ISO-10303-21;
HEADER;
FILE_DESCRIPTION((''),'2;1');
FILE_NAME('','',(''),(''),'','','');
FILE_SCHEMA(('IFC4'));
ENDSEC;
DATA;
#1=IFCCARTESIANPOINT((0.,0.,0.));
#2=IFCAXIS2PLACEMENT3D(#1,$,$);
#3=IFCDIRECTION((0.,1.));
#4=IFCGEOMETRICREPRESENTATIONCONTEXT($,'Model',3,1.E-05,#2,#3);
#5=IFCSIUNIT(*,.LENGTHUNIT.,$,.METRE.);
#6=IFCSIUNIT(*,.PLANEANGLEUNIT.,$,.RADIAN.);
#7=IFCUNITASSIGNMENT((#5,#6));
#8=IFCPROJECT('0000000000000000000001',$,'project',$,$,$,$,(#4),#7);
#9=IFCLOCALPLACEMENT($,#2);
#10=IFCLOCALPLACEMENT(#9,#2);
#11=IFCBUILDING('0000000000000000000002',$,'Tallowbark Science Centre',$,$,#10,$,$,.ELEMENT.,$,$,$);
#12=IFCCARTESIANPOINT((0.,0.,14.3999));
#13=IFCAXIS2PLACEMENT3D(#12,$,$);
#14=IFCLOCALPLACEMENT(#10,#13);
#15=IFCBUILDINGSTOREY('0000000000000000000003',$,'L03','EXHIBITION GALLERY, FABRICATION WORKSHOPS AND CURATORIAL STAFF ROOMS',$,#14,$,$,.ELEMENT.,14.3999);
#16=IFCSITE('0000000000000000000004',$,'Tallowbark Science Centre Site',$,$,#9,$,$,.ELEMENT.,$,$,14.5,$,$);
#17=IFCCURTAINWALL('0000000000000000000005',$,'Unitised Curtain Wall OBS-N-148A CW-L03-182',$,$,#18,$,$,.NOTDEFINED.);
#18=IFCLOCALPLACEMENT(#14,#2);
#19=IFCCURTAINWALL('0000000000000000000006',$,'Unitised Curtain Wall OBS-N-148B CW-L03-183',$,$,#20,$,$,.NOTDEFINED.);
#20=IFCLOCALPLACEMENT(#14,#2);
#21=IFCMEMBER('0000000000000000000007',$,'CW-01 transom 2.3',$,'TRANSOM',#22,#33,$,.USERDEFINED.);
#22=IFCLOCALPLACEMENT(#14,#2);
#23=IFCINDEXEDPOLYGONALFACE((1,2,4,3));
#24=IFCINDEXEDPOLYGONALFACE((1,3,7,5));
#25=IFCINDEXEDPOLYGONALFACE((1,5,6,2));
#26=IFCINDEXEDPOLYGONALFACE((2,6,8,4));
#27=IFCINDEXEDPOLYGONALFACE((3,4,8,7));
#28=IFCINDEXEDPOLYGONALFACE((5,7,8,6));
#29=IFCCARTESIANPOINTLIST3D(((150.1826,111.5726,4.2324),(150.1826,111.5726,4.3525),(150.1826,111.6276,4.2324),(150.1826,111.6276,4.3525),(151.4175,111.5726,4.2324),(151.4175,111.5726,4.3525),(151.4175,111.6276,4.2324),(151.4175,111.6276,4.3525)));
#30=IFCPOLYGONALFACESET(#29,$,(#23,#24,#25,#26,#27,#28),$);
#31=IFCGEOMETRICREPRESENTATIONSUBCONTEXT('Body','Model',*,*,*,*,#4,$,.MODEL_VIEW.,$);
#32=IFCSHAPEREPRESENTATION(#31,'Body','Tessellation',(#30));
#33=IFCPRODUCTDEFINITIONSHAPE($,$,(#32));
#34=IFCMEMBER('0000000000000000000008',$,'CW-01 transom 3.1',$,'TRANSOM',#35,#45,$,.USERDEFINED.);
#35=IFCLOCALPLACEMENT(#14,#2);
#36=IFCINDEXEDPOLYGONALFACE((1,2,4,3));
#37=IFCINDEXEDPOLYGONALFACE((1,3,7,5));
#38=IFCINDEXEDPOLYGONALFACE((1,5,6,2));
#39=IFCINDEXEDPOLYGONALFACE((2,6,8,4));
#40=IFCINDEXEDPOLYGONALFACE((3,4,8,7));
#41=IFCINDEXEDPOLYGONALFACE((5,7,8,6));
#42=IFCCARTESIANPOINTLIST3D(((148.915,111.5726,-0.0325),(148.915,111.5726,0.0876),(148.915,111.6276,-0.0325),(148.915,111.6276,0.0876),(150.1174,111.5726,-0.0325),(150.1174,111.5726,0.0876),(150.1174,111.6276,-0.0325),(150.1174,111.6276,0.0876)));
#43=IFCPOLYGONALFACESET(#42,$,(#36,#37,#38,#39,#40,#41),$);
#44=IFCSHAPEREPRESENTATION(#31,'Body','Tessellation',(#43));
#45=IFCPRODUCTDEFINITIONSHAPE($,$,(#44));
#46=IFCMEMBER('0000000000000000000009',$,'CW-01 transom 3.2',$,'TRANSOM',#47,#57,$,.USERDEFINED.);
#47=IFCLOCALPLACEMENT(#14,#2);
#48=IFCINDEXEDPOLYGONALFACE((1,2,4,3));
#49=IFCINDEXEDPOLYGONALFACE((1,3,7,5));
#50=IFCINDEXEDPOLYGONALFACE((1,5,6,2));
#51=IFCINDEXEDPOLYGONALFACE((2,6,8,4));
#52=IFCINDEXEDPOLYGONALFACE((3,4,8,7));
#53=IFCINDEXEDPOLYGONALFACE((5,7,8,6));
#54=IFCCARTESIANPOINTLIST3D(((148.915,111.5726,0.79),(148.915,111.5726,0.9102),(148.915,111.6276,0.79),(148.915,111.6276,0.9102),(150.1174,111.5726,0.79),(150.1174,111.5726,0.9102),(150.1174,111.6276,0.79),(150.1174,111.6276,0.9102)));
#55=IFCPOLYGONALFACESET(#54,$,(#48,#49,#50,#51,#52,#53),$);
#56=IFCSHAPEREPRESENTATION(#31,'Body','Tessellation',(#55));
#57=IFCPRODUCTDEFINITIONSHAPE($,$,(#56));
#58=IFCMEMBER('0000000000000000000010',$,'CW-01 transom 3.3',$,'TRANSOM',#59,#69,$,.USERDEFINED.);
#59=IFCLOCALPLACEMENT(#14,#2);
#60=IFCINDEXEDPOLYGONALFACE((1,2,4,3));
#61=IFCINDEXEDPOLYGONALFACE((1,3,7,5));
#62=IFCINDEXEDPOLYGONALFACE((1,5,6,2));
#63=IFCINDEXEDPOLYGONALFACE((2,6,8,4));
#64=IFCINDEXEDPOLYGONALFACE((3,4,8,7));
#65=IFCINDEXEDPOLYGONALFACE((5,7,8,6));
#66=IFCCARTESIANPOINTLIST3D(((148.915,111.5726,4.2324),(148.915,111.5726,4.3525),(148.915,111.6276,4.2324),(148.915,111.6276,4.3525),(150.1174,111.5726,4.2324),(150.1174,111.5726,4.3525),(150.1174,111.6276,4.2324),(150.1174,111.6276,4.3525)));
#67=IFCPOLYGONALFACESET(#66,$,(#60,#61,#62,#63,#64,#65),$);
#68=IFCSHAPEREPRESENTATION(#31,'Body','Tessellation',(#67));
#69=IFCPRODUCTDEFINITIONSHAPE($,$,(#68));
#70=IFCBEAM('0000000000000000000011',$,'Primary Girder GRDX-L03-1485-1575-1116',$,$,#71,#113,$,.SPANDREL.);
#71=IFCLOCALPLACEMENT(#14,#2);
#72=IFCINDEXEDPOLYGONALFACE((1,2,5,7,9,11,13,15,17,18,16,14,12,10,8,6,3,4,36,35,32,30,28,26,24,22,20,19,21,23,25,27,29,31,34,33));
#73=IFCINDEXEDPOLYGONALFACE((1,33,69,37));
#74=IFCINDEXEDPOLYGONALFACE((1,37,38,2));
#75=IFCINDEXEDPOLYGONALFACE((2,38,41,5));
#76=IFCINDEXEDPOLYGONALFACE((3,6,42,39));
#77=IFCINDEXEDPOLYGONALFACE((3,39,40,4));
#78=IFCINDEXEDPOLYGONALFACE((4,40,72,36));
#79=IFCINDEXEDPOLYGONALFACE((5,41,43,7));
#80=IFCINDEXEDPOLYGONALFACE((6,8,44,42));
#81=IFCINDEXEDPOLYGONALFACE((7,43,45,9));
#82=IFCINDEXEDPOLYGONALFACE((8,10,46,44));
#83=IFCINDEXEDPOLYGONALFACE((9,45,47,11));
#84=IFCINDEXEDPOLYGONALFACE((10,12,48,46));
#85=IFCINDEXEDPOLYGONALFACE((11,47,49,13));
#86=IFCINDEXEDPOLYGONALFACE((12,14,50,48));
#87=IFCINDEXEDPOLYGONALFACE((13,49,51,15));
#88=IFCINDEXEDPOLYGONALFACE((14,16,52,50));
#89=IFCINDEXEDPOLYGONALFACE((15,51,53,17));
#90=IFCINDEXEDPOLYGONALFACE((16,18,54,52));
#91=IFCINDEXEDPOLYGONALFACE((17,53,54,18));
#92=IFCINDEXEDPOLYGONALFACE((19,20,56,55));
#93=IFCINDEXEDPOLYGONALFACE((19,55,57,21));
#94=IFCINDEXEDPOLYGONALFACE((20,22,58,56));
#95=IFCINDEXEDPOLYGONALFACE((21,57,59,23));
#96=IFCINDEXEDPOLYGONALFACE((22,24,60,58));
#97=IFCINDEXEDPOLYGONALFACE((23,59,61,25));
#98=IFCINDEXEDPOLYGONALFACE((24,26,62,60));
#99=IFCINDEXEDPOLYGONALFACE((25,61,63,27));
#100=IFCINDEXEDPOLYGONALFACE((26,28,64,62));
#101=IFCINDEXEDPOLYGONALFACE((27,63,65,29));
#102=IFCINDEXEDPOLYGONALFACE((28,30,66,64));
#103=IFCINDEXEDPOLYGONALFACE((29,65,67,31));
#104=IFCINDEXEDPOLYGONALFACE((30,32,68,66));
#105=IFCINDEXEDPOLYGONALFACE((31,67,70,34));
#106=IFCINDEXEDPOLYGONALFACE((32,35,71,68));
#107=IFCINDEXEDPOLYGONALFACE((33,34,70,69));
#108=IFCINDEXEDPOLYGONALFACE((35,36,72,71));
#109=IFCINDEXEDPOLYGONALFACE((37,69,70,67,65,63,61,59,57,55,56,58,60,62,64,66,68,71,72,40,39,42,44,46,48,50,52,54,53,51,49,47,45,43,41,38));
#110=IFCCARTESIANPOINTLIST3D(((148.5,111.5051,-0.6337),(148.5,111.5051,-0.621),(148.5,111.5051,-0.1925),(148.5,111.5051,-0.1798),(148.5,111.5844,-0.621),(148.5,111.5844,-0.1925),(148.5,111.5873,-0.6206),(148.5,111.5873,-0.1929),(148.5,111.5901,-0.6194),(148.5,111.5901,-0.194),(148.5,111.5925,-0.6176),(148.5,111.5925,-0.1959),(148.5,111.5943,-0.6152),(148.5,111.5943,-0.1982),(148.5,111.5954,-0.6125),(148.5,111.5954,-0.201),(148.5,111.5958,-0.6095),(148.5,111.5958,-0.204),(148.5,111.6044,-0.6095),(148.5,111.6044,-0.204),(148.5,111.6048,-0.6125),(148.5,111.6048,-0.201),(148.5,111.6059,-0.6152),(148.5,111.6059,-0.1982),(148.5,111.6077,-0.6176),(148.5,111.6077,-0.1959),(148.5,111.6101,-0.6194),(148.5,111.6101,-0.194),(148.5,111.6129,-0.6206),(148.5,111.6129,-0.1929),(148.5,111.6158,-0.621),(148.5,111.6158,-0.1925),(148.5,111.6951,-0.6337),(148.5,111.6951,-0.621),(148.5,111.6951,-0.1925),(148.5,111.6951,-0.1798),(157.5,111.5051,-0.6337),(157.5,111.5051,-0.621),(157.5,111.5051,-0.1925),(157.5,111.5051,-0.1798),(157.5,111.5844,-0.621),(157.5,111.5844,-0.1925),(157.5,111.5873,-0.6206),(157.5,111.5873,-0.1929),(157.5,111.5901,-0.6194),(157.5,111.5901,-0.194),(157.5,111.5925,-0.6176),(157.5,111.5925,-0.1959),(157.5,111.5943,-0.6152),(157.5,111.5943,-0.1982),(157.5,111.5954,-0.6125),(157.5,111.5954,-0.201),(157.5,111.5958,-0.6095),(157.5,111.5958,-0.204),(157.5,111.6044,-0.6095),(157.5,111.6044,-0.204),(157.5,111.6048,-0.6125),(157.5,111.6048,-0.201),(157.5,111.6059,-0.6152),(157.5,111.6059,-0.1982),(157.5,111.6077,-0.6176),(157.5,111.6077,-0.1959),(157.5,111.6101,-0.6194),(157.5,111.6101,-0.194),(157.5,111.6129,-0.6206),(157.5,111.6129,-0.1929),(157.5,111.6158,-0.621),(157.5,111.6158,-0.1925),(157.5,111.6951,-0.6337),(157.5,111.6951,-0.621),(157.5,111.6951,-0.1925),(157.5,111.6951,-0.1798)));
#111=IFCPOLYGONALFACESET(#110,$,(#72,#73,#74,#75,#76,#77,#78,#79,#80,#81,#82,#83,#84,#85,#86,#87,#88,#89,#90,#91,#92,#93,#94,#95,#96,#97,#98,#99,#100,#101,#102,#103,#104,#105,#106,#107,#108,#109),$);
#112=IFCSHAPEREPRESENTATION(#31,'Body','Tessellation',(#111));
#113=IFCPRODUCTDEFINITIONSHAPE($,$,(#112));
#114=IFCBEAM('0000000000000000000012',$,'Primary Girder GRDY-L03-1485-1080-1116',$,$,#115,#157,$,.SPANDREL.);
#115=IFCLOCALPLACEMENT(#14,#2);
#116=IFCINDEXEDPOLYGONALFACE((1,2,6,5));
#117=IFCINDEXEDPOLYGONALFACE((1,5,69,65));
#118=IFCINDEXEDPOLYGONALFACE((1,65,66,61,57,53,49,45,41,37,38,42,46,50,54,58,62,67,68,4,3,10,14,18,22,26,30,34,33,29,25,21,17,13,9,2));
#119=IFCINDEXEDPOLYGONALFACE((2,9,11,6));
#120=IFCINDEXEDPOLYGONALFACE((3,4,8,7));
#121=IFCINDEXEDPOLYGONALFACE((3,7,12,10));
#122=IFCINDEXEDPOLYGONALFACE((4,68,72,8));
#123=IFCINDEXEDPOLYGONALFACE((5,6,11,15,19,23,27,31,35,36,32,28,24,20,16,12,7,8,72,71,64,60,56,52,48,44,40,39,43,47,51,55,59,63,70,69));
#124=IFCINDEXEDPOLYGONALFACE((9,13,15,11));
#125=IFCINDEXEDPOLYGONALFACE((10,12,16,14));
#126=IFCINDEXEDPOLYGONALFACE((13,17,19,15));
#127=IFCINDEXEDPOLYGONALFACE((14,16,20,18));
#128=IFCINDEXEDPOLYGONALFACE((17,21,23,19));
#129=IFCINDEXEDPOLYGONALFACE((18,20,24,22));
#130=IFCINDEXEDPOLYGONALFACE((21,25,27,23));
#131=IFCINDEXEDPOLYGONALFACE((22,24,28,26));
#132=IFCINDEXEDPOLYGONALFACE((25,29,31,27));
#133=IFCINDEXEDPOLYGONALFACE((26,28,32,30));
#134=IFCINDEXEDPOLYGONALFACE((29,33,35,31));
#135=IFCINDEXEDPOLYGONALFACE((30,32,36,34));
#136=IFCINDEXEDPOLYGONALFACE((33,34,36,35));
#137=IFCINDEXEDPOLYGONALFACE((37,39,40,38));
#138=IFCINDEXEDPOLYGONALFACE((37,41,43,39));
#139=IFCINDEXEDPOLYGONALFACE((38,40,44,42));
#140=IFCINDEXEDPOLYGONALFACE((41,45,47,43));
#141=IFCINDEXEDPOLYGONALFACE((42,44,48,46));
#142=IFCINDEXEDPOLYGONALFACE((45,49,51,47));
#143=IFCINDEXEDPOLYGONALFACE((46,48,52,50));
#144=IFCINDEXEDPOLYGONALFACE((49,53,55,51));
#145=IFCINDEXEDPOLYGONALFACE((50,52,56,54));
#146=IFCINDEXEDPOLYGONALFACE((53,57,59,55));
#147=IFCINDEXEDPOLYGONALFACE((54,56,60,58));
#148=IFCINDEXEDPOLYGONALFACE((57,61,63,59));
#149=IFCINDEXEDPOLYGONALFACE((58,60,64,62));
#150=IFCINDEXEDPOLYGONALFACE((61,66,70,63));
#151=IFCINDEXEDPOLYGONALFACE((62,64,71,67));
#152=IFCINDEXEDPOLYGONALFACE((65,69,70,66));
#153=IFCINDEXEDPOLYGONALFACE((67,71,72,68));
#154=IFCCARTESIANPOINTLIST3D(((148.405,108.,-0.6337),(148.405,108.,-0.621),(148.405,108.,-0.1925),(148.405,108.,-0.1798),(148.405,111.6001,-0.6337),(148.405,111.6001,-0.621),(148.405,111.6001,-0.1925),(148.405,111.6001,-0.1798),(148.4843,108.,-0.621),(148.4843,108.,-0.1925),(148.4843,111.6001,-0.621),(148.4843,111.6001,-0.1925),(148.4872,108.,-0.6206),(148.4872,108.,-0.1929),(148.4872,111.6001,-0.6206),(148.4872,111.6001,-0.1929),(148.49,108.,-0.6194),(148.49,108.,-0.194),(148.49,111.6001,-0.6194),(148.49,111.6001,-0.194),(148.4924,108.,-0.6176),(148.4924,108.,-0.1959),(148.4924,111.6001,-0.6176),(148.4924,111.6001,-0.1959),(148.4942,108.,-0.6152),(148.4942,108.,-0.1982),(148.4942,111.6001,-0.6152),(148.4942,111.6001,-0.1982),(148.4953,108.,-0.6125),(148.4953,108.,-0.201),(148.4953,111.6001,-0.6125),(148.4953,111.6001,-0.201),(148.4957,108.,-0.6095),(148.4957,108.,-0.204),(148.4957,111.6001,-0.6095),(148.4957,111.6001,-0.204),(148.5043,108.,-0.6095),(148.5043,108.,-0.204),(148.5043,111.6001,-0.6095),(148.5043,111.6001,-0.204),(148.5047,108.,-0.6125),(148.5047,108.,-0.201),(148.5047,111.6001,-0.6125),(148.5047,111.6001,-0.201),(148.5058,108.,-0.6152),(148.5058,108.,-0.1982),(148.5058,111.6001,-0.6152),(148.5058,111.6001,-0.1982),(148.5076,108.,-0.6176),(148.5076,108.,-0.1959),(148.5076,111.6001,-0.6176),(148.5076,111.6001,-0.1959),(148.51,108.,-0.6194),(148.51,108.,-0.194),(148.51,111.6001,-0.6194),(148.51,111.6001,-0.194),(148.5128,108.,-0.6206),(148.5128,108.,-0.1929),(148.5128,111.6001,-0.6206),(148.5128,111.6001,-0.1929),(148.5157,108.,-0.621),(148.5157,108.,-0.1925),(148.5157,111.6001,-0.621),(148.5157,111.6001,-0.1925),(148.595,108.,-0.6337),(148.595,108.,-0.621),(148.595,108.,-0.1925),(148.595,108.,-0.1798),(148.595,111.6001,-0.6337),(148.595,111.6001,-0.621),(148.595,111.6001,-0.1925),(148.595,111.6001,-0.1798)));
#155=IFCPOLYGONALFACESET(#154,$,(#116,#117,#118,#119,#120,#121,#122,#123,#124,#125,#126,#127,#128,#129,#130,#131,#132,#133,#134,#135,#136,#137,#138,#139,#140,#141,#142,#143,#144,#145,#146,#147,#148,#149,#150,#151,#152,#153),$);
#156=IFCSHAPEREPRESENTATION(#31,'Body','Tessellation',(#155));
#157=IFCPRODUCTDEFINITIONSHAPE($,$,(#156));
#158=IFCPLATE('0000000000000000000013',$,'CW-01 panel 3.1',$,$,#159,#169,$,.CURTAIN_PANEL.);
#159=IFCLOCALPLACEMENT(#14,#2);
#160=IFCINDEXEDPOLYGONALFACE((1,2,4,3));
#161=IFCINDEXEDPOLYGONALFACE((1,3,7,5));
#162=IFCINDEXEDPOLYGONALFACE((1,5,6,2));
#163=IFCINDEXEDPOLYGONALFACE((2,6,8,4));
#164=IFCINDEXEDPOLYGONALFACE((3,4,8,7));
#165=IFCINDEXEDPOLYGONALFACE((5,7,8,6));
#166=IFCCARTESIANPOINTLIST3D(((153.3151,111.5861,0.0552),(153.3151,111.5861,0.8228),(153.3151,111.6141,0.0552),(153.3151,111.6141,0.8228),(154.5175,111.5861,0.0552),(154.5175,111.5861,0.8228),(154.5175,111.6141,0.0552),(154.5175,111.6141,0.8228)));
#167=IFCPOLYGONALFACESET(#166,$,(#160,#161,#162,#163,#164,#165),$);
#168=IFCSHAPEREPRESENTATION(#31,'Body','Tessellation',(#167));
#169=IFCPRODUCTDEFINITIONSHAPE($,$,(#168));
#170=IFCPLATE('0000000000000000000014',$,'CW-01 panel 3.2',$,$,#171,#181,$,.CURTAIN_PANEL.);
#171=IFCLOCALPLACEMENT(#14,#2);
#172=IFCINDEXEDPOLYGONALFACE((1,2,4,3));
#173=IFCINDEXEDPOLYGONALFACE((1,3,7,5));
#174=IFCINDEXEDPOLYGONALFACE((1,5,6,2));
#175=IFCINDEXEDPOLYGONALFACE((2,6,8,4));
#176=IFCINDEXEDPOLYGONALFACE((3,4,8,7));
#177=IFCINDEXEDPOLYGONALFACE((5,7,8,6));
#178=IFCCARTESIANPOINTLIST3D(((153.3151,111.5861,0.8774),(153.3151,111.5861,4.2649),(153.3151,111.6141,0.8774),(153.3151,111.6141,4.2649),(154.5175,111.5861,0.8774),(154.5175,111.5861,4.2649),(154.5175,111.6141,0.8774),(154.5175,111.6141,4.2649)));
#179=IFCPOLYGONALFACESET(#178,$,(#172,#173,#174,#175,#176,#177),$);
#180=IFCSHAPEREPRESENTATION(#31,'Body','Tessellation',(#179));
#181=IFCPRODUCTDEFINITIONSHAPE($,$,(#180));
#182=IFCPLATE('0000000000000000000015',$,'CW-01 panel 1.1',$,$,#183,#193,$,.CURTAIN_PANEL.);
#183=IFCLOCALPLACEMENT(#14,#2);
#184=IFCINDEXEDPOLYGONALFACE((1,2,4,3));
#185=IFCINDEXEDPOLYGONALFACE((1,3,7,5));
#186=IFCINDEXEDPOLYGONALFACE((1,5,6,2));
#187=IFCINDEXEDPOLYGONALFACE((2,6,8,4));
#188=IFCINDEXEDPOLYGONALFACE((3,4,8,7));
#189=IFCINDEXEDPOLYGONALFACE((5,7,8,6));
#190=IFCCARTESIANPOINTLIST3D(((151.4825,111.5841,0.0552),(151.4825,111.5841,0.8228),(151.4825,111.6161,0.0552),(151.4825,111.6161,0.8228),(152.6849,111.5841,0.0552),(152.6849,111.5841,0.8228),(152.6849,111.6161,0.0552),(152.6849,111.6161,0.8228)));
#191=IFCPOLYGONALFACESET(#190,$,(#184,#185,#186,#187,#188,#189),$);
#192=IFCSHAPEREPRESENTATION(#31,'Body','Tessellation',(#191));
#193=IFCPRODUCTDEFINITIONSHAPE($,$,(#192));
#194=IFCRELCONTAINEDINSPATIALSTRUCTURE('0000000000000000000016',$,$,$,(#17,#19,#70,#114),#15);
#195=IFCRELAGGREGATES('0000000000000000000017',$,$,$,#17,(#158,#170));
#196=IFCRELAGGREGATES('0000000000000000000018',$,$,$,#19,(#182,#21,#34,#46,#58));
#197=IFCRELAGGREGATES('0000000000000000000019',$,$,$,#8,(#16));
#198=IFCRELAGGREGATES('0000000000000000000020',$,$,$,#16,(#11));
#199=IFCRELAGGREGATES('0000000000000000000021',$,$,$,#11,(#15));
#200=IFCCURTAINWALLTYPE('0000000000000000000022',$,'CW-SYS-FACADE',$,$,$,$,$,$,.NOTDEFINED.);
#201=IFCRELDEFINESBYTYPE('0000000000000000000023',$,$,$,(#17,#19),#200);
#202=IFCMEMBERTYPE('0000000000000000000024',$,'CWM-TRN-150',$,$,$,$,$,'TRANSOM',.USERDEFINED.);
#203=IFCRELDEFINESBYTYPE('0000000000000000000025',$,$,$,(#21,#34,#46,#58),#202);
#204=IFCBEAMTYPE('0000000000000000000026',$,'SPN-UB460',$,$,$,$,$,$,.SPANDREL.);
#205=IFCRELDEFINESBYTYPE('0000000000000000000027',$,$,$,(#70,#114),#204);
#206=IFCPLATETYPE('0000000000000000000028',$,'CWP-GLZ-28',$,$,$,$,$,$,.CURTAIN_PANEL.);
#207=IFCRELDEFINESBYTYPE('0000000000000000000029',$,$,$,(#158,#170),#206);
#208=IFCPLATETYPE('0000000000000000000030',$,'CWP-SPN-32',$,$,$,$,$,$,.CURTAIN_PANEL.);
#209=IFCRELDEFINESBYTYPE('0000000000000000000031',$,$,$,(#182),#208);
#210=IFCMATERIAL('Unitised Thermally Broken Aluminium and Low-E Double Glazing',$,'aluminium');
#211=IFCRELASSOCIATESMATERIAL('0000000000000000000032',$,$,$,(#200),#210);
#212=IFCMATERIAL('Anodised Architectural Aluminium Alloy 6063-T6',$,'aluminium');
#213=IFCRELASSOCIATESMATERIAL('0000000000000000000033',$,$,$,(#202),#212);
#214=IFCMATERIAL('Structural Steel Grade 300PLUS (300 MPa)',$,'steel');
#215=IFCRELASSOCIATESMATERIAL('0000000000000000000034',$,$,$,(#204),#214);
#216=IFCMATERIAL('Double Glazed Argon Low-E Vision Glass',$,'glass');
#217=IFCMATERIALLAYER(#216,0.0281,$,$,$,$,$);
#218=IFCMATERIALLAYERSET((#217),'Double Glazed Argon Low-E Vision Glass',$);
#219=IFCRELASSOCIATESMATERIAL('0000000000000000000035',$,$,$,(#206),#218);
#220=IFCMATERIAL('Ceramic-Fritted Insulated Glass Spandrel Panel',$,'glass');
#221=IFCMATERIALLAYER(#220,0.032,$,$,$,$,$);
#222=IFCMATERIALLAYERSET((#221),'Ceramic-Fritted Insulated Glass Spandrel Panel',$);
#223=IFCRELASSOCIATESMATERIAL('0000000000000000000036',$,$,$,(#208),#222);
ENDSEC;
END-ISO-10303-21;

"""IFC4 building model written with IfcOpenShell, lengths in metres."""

from ifc_helpers import new_model, si_unit, direction, frame, origin, origin_2d, place, context, subcontext, project, spatial, rectangle, i_section, extrude, material, layer, layer_set, material_profile, profile_set, type_object, element, aggregate, save


model = new_model("IFC4")

# Units and contexts
model_context = context("Model", 3, precision=1e-05, world=origin(), true_north=direction((0.0, 1.0)))
body_context = subcontext(model_context, "Body", "Model", "MODEL_VIEW")
ifc_project = project(units=[si_unit("LENGTHUNIT", "METRE"), si_unit("PLANEANGLEUNIT", "RADIAN")], contexts=[model_context])

# Site, building, storey
site_placement = place(None, origin())
site = spatial("IfcSite", under=ifc_project, at=site_placement, Name="Tallowbark Science Centre Site", CompositionType="ELEMENT", RefElevation=14.5)
building_placement = place(site_placement, origin())
building = spatial("IfcBuilding", under=site, at=building_placement, Name="Tallowbark Science Centre", CompositionType="ELEMENT")
storey_placement = place(building_placement, frame((0.0, 0.0, 14.3999)))
storey = spatial("IfcBuildingStorey", under=building, at=storey_placement, Name="L03", Description="EXHIBITION GALLERY, FABRICATION WORKSHOPS AND CURATORIAL STAFF ROOMS", CompositionType="ELEMENT", Elevation=14.3999)

# Shared definitions
ifc_material_1 = material(Name="Structural Steel Grade 300PLUS (300 MPa)", Category="steel")

# Curtain wall
ifc_material_2 = material(Name="Unitised Thermally Broken Aluminium and Low-E Double Glazing", Category="aluminium")
curtain_wall_type = type_object("IfcCurtainWallType", Name="CW-SYS-FACADE", PredefinedType="NOTDEFINED", material=ifc_material_2)
curtain_wall_1_placement = place(storey_placement, origin())
curtain_wall_1 = element("IfcCurtainWall", 1, at=curtain_wall_1_placement, inside=storey, type_object=curtain_wall_type, Name="Unitised Curtain Wall OBS-N-148A CW-L03-182", PredefinedType="NOTDEFINED")
ifc_material_3 = material(Name="Anodised Architectural Aluminium Alloy 6063-T6", Category="aluminium")

# Curtain wall
curtain_wall_2_placement = place(storey_placement, origin())
curtain_wall_2 = element("IfcCurtainWall", 2, at=curtain_wall_2_placement, inside=storey, type_object=curtain_wall_type, Name="Unitised Curtain Wall OBS-N-148B CW-L03-183", PredefinedType="NOTDEFINED")

# Members
ifc_material_profile_1 = material_profile(ifc_material_3, rectangle(XDim=0.0549, YDim=0.1201, at=origin_2d()), Name="ALU55x120")
ifc_profile_set_1 = profile_set([ifc_material_profile_1], Name="Anodised Architectural Aluminium Alloy 6063-T6")
member_type_1 = type_object("IfcMemberType", Name="CWM-TRN-150", ElementType="TRANSOM", PredefinedType="USERDEFINED", material=ifc_profile_set_1)
member_1_placement = place(storey_placement, frame((151.4175, 111.6001, 4.2925), z_axis=(-1.0, 0.0, 0.0), x_axis=(0.0, -1.0, 0.0)))
member_1 = element("IfcMember", 3, at=member_1_placement, type_object=member_type_1, Name="CW-01 transom 2.3", ObjectType="TRANSOM", PredefinedType="USERDEFINED", context=body_context, shape_type="SweptSolid", body=[
    extrude(rectangle(XDim=0.0549, YDim=0.1201, at=origin_2d()), origin(), (0.0, 0.0, 1.0), 1.2349),
])
member_2_placement = place(storey_placement, frame((150.1174, 111.6001, 0.0276), z_axis=(-1.0, 0.0, 0.0), x_axis=(0.0, -1.0, 0.0)))
member_2 = element("IfcMember", 4, at=member_2_placement, type_object=member_type_1, Name="CW-01 transom 3.1", ObjectType="TRANSOM", PredefinedType="USERDEFINED", context=body_context, shape_type="SweptSolid", body=[
    extrude(rectangle(XDim=0.0549, YDim=0.1201, at=origin_2d()), origin(), (0.0, 0.0, 1.0), 1.2024),
])
member_3_placement = place(storey_placement, frame((150.1174, 111.6001, 0.8501), z_axis=(-1.0, 0.0, 0.0), x_axis=(0.0, -1.0, 0.0)))
member_3 = element("IfcMember", 5, at=member_3_placement, type_object=member_type_1, Name="CW-01 transom 3.2", ObjectType="TRANSOM", PredefinedType="USERDEFINED", context=body_context, shape_type="SweptSolid", body=[
    extrude(rectangle(XDim=0.0549, YDim=0.1201, at=origin_2d()), origin(), (0.0, 0.0, 1.0), 1.2024),
])
member_4_placement = place(storey_placement, frame((150.1174, 111.6001, 4.2925), z_axis=(-1.0, 0.0, 0.0), x_axis=(0.0, -1.0, 0.0)))
member_4 = element("IfcMember", 6, at=member_4_placement, type_object=member_type_1, Name="CW-01 transom 3.3", ObjectType="TRANSOM", PredefinedType="USERDEFINED", context=body_context, shape_type="SweptSolid", body=[
    extrude(rectangle(XDim=0.0549, YDim=0.1201, at=origin_2d()), origin(), (0.0, 0.0, 1.0), 1.2024),
])

# Beams
ifc_material_profile_2 = material_profile(ifc_material_1, i_section(OverallWidth=0.1899, OverallDepth=0.4539, WebThickness=0.0085, FlangeThickness=0.0127, FilletRadius=0.0115, at=origin_2d()), Name="460UB67.1")
ifc_profile_set_2 = profile_set([ifc_material_profile_2], Name="Structural Steel Grade 300PLUS (300 MPa)")
beam_type = type_object("IfcBeamType", Name="SPN-UB460", PredefinedType="SPANDREL", material=ifc_profile_set_2)
beam_1_placement = place(storey_placement, frame((148.5, 111.6001, -0.4067), z_axis=(1.0, 0.0, 0.0), x_axis=(0.0, 1.0, 0.0)))
element("IfcBeam", 7, at=beam_1_placement, inside=storey, type_object=beam_type, Name="Primary Girder GRDX-L03-1485-1575-1116", PredefinedType="SPANDREL", context=body_context, shape_type="SweptSolid", body=[
    extrude(i_section(OverallWidth=0.1899, OverallDepth=0.4539, WebThickness=0.0085, FlangeThickness=0.0127, FilletRadius=0.0115, at=origin_2d()), origin(), (0.0, 0.0, 1.0), 9.0),
])
beam_2_placement = place(storey_placement, frame((148.5, 108.0, -0.4067), z_axis=(0.0, 1.0, 0.0), x_axis=(-1.0, 0.0, 0.0)))
element("IfcBeam", 8, at=beam_2_placement, inside=storey, type_object=beam_type, Name="Primary Girder GRDY-L03-1485-1080-1116", PredefinedType="SPANDREL", context=body_context, shape_type="SweptSolid", body=[
    extrude(i_section(OverallWidth=0.1899, OverallDepth=0.4539, WebThickness=0.0085, FlangeThickness=0.0127, FilletRadius=0.0115, at=origin_2d()), origin(), (0.0, 0.0, 1.0), 3.6001),
])

# Plates
ifc_material_4 = material(Name="Double Glazed Argon Low-E Vision Glass", Category="glass")
ifc_layer_1 = layer(ifc_material_4, 0.0281)
ifc_layer_set_1 = layer_set([ifc_layer_1], Name="Double Glazed Argon Low-E Vision Glass")
plate_type_1 = type_object("IfcPlateType", Name="CWP-GLZ-28", PredefinedType="CURTAIN_PANEL", material=ifc_layer_set_1)
plate_1_placement = place(storey_placement, frame((153.9163, 111.6001, 0.0552), z_axis=(0.0, 0.0, 1.0), x_axis=(-1.0, 0.0, 0.0)))
plate_1 = element("IfcPlate", 9, at=plate_1_placement, type_object=plate_type_1, Name="CW-01 panel 3.1", PredefinedType="CURTAIN_PANEL", context=body_context, shape_type="SweptSolid", body=[
    extrude(rectangle(XDim=1.2024, YDim=0.0281, at=origin_2d()), origin(), (0.0, 0.0, 1.0), 0.7676),
])
plate_2_placement = place(storey_placement, frame((153.9163, 111.6001, 0.8774), z_axis=(0.0, 0.0, 1.0), x_axis=(-1.0, 0.0, 0.0)))
plate_2 = element("IfcPlate", 10, at=plate_2_placement, type_object=plate_type_1, Name="CW-01 panel 3.2", PredefinedType="CURTAIN_PANEL", context=body_context, shape_type="SweptSolid", body=[
    extrude(rectangle(XDim=1.2024, YDim=0.0281, at=origin_2d()), origin(), (0.0, 0.0, 1.0), 3.3875),
])
aggregate(curtain_wall_1, [plate_1, plate_2])
ifc_material_5 = material(Name="Ceramic-Fritted Insulated Glass Spandrel Panel", Category="glass")
ifc_layer_2 = layer(ifc_material_5, 0.032)
ifc_layer_set_2 = layer_set([ifc_layer_2], Name="Ceramic-Fritted Insulated Glass Spandrel Panel")
plate_type_2 = type_object("IfcPlateType", Name="CWP-SPN-32", PredefinedType="CURTAIN_PANEL", material=ifc_layer_set_2)
plate_3_placement = place(storey_placement, frame((152.0837, 111.6001, 0.0552), z_axis=(0.0, 0.0, 1.0), x_axis=(-1.0, 0.0, 0.0)))
plate_3 = element("IfcPlate", 11, at=plate_3_placement, type_object=plate_type_2, Name="CW-01 panel 1.1", PredefinedType="CURTAIN_PANEL", context=body_context, shape_type="SweptSolid", body=[
    extrude(rectangle(XDim=1.2024, YDim=0.032, at=origin_2d()), origin(), (0.0, 0.0, 1.0), 0.7676),
])
aggregate(curtain_wall_2, [plate_3, member_1, member_2, member_3, member_4])

save(model, "model.ifc")
